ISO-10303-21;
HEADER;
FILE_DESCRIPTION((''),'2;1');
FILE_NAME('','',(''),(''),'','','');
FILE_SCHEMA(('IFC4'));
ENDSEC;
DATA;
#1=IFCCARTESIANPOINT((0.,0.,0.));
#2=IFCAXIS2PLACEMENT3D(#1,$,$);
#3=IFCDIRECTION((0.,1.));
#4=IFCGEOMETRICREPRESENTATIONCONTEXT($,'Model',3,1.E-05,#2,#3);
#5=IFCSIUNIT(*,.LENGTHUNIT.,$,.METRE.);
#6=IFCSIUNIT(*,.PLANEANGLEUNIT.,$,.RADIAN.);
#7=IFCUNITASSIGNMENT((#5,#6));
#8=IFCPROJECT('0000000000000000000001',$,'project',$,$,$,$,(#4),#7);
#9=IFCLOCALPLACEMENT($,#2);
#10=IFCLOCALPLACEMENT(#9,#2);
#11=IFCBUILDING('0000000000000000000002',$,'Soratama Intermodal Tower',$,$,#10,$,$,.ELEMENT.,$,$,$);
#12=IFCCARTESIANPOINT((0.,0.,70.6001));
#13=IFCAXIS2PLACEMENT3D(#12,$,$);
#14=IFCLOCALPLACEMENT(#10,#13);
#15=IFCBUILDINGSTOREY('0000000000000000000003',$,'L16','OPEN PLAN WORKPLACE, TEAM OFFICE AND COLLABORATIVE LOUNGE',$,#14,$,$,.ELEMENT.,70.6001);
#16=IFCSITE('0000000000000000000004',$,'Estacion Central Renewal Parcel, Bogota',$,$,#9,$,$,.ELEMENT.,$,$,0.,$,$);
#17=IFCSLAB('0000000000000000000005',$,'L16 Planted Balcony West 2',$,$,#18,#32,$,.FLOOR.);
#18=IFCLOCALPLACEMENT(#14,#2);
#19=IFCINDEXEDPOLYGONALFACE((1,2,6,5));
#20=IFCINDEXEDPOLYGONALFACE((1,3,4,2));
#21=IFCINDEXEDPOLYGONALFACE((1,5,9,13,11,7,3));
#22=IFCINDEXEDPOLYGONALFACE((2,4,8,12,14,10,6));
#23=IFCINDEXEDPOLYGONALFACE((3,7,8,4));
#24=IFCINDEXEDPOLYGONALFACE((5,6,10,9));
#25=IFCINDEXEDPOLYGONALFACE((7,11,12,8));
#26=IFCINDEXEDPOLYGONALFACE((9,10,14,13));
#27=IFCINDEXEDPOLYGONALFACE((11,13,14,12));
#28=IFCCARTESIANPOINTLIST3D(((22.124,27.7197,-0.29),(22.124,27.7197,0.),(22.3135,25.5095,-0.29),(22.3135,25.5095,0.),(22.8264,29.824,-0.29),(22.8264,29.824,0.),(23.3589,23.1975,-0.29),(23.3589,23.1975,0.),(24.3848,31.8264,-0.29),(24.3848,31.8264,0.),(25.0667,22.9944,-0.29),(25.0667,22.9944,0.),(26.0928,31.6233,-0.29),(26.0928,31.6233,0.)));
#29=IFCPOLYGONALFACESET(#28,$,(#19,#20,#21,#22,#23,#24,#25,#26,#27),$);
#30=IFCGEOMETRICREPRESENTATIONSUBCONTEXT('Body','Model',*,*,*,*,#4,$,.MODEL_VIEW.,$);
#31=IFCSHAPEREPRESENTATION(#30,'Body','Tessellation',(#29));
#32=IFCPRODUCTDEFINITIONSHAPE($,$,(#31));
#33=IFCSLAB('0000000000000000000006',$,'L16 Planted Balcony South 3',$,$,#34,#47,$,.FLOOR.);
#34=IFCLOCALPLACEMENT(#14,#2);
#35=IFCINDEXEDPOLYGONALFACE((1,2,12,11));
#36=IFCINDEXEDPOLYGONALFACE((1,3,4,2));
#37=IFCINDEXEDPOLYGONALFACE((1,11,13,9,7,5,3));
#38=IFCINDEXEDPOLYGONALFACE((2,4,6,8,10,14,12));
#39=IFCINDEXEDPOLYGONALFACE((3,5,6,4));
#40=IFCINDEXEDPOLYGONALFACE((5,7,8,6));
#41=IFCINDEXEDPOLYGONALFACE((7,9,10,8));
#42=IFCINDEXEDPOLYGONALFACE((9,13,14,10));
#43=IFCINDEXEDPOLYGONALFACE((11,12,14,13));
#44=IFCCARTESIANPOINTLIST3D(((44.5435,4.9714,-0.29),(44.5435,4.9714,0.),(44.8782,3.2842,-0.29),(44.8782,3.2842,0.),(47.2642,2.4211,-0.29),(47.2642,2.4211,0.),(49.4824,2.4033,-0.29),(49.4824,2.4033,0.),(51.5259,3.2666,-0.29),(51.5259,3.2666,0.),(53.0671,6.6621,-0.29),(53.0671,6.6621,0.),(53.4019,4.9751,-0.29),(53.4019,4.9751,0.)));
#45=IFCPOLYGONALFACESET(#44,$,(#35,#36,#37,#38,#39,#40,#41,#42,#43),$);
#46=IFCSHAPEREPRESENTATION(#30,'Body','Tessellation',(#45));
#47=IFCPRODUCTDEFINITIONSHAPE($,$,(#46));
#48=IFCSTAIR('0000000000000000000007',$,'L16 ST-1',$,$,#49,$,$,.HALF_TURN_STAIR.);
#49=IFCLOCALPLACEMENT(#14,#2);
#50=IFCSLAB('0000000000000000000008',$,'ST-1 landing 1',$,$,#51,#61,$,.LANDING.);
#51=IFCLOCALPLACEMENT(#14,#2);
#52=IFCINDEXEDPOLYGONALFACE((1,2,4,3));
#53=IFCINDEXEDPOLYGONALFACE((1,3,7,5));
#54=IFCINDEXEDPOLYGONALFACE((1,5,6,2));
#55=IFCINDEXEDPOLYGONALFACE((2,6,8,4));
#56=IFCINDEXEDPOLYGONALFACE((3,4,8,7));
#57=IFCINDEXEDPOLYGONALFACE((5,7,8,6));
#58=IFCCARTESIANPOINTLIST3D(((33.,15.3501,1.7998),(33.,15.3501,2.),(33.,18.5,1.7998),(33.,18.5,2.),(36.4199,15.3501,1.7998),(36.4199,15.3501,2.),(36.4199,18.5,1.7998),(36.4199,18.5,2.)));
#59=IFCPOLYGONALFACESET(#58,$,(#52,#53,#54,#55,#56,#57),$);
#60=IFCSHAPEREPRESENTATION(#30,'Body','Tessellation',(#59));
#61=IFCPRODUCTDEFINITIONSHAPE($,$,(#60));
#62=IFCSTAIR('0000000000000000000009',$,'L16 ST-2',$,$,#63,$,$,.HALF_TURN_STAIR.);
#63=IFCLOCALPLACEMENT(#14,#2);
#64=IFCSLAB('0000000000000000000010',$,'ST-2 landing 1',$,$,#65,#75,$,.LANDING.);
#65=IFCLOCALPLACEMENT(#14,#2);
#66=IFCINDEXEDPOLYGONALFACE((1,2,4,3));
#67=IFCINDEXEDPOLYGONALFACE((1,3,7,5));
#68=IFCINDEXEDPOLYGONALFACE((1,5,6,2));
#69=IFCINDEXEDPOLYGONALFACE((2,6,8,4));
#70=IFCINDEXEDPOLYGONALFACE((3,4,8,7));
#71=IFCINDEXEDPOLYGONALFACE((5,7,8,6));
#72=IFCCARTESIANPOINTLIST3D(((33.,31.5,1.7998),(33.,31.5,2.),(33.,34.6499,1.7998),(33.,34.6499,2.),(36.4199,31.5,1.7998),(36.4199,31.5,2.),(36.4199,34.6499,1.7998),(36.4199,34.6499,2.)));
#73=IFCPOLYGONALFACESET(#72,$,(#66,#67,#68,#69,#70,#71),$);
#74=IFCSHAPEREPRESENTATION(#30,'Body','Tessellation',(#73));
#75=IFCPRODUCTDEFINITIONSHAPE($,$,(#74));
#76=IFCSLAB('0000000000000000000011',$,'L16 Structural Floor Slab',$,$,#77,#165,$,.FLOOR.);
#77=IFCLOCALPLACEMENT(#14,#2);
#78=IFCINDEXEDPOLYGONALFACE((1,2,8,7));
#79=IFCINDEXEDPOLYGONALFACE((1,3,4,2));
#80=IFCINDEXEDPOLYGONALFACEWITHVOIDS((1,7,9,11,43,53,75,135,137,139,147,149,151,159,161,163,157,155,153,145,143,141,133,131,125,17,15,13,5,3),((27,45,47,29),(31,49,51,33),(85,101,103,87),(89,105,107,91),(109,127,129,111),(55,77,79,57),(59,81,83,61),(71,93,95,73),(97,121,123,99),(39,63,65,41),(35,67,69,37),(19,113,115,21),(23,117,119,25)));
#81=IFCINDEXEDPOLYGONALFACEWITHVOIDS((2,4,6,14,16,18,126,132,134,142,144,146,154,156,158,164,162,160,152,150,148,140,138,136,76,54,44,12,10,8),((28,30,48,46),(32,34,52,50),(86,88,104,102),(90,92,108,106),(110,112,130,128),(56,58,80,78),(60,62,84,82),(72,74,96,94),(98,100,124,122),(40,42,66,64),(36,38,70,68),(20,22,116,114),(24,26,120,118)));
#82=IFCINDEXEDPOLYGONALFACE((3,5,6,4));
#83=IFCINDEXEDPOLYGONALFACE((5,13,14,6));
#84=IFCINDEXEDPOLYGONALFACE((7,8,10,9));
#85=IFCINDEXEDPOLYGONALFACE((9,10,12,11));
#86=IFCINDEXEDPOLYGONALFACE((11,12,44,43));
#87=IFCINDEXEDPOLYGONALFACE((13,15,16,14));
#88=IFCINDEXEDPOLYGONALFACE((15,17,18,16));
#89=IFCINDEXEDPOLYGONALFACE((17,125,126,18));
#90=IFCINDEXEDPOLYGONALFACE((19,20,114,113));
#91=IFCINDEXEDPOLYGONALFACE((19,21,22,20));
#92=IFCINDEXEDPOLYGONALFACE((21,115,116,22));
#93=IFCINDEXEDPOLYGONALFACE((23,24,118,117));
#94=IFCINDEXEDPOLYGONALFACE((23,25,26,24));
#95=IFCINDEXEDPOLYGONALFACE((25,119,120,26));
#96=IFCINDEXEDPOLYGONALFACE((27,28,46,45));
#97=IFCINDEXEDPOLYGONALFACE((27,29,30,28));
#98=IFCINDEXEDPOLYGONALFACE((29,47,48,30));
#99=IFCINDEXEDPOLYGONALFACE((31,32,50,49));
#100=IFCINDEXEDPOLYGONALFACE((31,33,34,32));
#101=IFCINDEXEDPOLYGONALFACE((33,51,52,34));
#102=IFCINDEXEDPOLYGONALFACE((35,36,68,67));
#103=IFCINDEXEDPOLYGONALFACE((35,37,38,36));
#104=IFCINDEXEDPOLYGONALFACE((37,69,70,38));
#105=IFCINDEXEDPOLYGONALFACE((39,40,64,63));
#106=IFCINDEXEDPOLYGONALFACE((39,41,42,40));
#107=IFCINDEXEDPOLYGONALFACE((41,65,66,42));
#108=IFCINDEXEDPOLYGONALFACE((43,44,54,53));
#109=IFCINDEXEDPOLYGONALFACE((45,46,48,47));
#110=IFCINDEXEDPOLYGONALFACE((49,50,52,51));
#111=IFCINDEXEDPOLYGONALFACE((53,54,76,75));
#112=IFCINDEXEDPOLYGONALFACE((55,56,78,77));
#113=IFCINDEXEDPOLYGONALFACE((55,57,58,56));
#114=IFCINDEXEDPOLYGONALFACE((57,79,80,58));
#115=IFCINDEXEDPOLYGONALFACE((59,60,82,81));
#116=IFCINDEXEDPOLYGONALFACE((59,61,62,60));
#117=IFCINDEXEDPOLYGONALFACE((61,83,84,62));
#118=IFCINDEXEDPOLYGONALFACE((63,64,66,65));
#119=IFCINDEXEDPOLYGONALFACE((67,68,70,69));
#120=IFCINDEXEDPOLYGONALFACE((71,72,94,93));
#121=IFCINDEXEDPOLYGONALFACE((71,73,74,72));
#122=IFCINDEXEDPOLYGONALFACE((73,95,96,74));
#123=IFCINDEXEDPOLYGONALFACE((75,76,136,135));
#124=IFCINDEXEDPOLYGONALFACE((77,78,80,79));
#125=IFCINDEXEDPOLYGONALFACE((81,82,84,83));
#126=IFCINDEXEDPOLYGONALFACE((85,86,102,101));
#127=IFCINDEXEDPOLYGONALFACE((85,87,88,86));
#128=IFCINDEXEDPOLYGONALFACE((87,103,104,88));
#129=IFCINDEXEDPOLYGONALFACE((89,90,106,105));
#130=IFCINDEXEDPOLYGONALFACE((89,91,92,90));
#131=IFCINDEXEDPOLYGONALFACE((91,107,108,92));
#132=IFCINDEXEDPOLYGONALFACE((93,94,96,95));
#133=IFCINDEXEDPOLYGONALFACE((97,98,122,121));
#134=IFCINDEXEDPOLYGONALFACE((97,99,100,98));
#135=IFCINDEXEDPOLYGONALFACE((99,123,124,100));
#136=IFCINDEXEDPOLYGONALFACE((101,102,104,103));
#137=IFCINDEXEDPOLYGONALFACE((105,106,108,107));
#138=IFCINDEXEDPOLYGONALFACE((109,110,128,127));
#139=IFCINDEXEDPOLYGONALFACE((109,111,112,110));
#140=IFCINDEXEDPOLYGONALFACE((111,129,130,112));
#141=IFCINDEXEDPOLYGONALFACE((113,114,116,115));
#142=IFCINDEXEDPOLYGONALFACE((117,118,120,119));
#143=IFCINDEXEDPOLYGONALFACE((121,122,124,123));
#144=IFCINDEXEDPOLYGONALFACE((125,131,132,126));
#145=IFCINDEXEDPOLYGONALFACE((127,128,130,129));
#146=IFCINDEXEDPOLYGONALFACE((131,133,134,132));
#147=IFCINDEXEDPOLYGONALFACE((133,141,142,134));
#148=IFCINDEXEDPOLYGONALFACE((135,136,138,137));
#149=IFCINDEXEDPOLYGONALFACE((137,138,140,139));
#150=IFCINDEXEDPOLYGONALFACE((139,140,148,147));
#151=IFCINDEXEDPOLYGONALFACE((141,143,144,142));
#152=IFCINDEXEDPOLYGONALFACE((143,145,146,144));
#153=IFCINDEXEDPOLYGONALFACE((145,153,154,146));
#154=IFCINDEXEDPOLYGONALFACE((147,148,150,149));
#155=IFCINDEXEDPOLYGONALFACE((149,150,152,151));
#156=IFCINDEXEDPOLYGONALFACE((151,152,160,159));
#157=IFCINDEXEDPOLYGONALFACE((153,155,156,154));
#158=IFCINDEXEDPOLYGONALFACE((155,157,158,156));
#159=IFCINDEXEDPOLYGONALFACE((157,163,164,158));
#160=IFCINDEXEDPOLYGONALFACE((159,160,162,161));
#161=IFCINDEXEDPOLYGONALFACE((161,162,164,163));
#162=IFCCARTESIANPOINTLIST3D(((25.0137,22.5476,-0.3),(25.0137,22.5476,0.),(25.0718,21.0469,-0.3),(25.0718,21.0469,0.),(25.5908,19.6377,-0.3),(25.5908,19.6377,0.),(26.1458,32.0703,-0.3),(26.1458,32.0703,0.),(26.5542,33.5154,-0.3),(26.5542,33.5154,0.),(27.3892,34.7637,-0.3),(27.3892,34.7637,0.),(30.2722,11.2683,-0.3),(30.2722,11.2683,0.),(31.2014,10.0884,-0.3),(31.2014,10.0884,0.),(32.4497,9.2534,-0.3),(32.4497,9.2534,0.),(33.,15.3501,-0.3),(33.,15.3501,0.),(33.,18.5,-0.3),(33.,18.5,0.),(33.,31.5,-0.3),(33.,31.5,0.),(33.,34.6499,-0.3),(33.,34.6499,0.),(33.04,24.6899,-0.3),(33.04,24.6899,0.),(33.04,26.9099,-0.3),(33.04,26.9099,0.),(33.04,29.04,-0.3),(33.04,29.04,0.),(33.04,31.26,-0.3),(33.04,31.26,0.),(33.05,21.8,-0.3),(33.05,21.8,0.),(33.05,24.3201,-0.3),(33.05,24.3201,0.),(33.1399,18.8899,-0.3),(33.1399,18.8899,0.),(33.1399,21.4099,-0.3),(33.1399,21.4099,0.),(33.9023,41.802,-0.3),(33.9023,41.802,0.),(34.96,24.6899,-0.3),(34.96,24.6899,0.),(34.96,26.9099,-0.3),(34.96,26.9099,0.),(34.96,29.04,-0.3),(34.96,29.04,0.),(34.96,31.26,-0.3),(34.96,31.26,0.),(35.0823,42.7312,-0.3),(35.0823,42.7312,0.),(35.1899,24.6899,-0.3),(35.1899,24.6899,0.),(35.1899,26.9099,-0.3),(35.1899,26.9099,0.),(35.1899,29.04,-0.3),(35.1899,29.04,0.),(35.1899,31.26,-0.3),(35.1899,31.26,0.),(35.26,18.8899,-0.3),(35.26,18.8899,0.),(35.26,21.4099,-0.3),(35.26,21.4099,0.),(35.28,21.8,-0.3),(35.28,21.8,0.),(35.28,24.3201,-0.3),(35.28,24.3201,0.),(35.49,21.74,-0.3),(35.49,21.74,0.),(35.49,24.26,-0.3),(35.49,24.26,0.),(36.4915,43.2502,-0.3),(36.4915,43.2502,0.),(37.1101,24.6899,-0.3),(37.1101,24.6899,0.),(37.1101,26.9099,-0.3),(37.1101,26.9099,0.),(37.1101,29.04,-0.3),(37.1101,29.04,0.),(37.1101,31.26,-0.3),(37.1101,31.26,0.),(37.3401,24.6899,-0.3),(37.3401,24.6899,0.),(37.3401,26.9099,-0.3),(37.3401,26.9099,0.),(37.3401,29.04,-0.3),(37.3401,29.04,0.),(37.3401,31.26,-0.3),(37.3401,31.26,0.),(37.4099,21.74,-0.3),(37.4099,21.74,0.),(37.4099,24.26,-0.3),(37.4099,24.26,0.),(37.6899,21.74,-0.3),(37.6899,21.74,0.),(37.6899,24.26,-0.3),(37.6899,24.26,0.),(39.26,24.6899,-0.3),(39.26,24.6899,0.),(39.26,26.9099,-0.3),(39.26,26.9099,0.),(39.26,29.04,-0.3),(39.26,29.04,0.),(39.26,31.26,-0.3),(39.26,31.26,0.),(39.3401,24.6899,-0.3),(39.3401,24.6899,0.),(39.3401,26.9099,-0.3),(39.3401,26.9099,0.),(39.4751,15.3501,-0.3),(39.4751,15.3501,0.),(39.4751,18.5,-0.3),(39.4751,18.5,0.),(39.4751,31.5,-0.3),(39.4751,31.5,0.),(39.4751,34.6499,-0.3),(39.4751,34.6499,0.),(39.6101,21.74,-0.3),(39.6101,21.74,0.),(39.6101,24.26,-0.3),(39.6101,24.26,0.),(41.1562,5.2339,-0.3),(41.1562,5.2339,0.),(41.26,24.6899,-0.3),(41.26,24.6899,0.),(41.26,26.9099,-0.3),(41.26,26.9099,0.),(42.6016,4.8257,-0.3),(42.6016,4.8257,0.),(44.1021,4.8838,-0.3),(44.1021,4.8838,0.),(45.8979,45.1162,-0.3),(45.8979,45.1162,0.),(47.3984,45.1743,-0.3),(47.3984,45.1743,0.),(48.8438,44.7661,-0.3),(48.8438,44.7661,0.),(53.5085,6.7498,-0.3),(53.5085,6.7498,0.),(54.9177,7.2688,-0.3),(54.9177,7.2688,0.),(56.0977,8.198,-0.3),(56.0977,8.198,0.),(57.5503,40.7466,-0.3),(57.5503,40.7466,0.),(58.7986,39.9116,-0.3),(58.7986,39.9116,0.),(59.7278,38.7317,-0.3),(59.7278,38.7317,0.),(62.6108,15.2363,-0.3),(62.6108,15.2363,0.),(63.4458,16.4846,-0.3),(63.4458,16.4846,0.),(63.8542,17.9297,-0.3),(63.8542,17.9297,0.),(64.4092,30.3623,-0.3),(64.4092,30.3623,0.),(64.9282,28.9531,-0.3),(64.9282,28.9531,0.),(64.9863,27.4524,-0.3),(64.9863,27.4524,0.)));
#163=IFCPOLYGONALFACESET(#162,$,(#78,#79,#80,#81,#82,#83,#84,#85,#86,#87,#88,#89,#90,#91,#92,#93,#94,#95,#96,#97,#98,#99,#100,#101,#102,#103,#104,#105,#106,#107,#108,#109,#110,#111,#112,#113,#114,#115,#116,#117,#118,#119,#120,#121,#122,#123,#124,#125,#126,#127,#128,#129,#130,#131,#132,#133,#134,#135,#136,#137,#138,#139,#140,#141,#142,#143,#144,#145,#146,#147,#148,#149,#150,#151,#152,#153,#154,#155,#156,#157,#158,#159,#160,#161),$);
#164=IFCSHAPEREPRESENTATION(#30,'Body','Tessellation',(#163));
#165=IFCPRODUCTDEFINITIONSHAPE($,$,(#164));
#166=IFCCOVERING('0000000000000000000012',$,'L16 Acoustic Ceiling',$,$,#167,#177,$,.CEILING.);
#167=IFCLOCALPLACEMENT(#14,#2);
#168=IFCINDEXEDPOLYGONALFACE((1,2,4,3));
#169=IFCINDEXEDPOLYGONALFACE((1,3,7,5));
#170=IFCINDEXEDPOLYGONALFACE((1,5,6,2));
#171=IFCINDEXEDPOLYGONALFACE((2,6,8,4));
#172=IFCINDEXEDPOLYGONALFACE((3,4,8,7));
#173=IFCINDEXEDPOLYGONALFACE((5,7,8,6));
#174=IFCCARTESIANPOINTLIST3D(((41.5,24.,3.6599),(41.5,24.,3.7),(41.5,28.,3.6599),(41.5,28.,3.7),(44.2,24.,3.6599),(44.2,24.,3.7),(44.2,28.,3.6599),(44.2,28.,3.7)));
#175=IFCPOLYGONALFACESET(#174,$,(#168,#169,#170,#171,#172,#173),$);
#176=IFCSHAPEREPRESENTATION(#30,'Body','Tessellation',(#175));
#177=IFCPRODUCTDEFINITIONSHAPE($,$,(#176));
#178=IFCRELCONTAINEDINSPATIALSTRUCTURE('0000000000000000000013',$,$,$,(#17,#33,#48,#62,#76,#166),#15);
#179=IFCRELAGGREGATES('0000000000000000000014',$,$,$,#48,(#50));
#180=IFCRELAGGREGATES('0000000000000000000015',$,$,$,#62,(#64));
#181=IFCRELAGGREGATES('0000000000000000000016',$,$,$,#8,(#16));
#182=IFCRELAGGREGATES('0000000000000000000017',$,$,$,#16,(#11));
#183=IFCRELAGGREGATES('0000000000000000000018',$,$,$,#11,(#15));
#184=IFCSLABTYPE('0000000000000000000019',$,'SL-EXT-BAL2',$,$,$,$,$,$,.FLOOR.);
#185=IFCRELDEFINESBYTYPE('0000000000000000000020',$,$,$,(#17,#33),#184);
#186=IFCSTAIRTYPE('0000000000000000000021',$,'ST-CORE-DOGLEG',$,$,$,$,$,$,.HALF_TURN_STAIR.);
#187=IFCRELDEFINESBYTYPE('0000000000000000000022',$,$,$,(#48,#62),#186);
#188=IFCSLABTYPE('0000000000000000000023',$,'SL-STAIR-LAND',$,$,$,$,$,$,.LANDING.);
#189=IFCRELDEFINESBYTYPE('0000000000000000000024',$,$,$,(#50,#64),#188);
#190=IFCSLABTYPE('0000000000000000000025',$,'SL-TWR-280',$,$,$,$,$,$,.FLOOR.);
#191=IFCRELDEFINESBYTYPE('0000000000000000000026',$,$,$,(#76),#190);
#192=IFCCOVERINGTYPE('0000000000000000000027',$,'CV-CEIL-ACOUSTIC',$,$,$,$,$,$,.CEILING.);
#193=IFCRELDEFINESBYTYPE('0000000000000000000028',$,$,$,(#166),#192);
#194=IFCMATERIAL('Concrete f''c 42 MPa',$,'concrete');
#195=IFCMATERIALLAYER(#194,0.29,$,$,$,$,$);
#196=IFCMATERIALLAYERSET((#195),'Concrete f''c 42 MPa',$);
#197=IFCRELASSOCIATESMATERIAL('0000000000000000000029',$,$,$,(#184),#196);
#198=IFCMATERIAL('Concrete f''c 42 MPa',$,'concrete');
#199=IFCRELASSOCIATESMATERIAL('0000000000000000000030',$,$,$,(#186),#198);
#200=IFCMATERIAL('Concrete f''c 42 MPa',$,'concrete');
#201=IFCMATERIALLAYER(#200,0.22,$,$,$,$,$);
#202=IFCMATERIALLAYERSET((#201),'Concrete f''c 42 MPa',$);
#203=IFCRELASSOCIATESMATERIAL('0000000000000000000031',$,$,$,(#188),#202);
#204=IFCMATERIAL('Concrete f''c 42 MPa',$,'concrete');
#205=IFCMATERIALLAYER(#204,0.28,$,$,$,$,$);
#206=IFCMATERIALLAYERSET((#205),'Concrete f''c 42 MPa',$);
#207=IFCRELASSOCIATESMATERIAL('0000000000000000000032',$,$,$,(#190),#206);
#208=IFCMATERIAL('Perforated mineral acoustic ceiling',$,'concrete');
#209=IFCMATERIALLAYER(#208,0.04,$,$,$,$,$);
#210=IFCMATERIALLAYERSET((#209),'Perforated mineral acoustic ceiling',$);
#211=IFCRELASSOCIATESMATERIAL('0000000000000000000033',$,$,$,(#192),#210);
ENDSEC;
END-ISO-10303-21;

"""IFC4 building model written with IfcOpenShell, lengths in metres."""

from ifc_helpers import new_model, si_unit, direction, frame, origin, place, context, subcontext, project, spatial, polyline, outline, extrude, material, layer, layer_set, type_object, element, aggregate, save


model = new_model("IFC4")

# Units and contexts
model_context = context("Model", 3, precision=1e-05, world=origin(), true_north=direction((0.0, 1.0)))
body_context = subcontext(model_context, "Body", "Model", "MODEL_VIEW")
ifc_project = project(units=[si_unit("LENGTHUNIT", "METRE"), si_unit("PLANEANGLEUNIT", "RADIAN")], contexts=[model_context])

# Site, building, storey
site_placement = place(None, origin())
site = spatial("IfcSite", under=ifc_project, at=site_placement, Name="Estacion Central Renewal Parcel, Bogota", CompositionType="ELEMENT", RefElevation=0.0)
building_placement = place(site_placement, origin())
building = spatial("IfcBuilding", under=site, at=building_placement, Name="Soratama Intermodal Tower", CompositionType="ELEMENT")
storey_placement = place(building_placement, frame((0.0, 0.0, 70.6001)))
storey = spatial("IfcBuildingStorey", under=building, at=storey_placement, Name="L16", Description="OPEN PLAN WORKPLACE, TEAM OFFICE AND COLLABORATIVE LOUNGE", CompositionType="ELEMENT", Elevation=70.6001)

# Slabs
ifc_material_1 = material(Name="Concrete f'c 42 MPa", Category="concrete")
ifc_layer_1 = layer(ifc_material_1, 0.29)
ifc_layer_set_1 = layer_set([ifc_layer_1], Name="Concrete f'c 42 MPa")
slab_type_1 = type_object("IfcSlabType", Name="SL-EXT-BAL2", PredefinedType="FLOOR", material=ifc_layer_set_1)
slab_1_placement = place(storey_placement, frame((0.0, 0.0, -0.29)))
element("IfcSlab", 1, at=slab_1_placement, inside=storey, type_object=slab_type_1, Name="L16 Planted Balcony West 2", PredefinedType="FLOOR", context=body_context, shape_type="SweptSolid", body=[
    extrude(outline(polyline([(26.0928, 31.6233), (25.0667, 22.9944), (23.3589, 23.1975), (22.3135, 25.5095), (22.124, 27.7197), (22.8264, 29.824), (24.3848, 31.8264), (26.0928, 31.6233)])), origin(), (0.0, 0.0, 1.0), 0.29),
])
slab_2_placement = place(storey_placement, frame((0.0, 0.0, -0.29)))
element("IfcSlab", 2, at=slab_2_placement, inside=storey, type_object=slab_type_1, Name="L16 Planted Balcony South 3", PredefinedType="FLOOR", context=body_context, shape_type="SweptSolid", body=[
    extrude(outline(polyline([(44.5435, 4.9714), (53.0671, 6.6621), (53.4019, 4.9751), (51.5259, 3.2666), (49.4824, 2.4033), (47.2642, 2.4211), (44.8782, 3.2842), (44.5435, 4.9714)])), origin(), (0.0, 0.0, 1.0), 0.29),
])

# Stairs, slabs
ifc_material_2 = material(Name="Concrete f'c 42 MPa", Category="concrete")
stair_type = type_object("IfcStairType", Name="ST-CORE-DOGLEG", PredefinedType="HALF_TURN_STAIR", material=ifc_material_2)
stair_1_placement = place(storey_placement, origin())
stair_1 = element("IfcStair", 3, at=stair_1_placement, inside=storey, type_object=stair_type, Name="L16 ST-1", PredefinedType="HALF_TURN_STAIR")
ifc_material_3 = material(Name="Concrete f'c 42 MPa", Category="concrete")
ifc_layer_2 = layer(ifc_material_3, 0.22)
ifc_layer_set_2 = layer_set([ifc_layer_2], Name="Concrete f'c 42 MPa")
slab_type_2 = type_object("IfcSlabType", Name="SL-STAIR-LAND", PredefinedType="LANDING", material=ifc_layer_set_2)
slab_3_placement = place(storey_placement, frame((0.0, 0.0, 1.7998)))
slab_3 = element("IfcSlab", 4, at=slab_3_placement, type_object=slab_type_2, Name="ST-1 landing 1", PredefinedType="LANDING", context=body_context, shape_type="SweptSolid", body=[
    extrude(outline(polyline([(36.4199, 18.5), (33.0, 18.5), (33.0, 15.3501), (36.4199, 15.3501), (36.4199, 18.5)])), origin(), (0.0, 0.0, 1.0), 0.2002),
])
aggregate(stair_1, [slab_3])
stair_2_placement = place(storey_placement, origin())
stair_2 = element("IfcStair", 5, at=stair_2_placement, inside=storey, type_object=stair_type, Name="L16 ST-2", PredefinedType="HALF_TURN_STAIR")
slab_4_placement = place(storey_placement, frame((0.0, 0.0, 1.7998)))
slab_4 = element("IfcSlab", 6, at=slab_4_placement, type_object=slab_type_2, Name="ST-2 landing 1", PredefinedType="LANDING", context=body_context, shape_type="SweptSolid", body=[
    extrude(outline(polyline([(36.4199, 34.6499), (33.0, 34.6499), (33.0, 31.5), (36.4199, 31.5), (36.4199, 34.6499)])), origin(), (0.0, 0.0, 1.0), 0.2002),
])
aggregate(stair_2, [slab_4])

# Slab
ifc_material_4 = material(Name="Concrete f'c 42 MPa", Category="concrete")
ifc_layer_3 = layer(ifc_material_4, 0.28)
ifc_layer_set_3 = layer_set([ifc_layer_3], Name="Concrete f'c 42 MPa")
slab_type_3 = type_object("IfcSlabType", Name="SL-TWR-280", PredefinedType="FLOOR", material=ifc_layer_set_3)
slab_5_placement = place(storey_placement, frame((0.0, 0.0, -0.3)))
element("IfcSlab", 7, at=slab_5_placement, inside=storey, type_object=slab_type_3, Name="L16 Structural Floor Slab", PredefinedType="FLOOR", context=body_context, shape_type="SweptSolid", body=[
    extrude(outline(polyline([(64.9863, 27.4524), (64.9282, 28.9531), (64.4092, 30.3623), (59.7278, 38.7317), (58.7986, 39.9116), (57.5503, 40.7466), (48.8438, 44.7661), (47.3984, 45.1743), (45.8979, 45.1162), (36.4915, 43.2502), (35.0823, 42.7312), (33.9023, 41.802), (27.3892, 34.7637), (26.5542, 33.5154), (26.1458, 32.0703), (25.0137, 22.5476), (25.0718, 21.0469), (25.5908, 19.6377), (30.2722, 11.2683), (31.2014, 10.0884), (32.4497, 9.2534), (41.1562, 5.2339), (42.6016, 4.8257), (44.1021, 4.8838), (53.5085, 6.7498), (54.9177, 7.2688), (56.0977, 8.198), (62.6108, 15.2363), (63.4458, 16.4846), (63.8542, 17.9297), (64.9863, 27.4524)]), holes=[polyline([(33.0, 18.5), (33.0, 15.3501), (39.4751, 15.3501), (39.4751, 18.5), (33.0, 18.5)]), polyline([(35.26, 18.8899), (35.26, 21.4099), (33.1399, 21.4099), (33.1399, 18.8899), (35.26, 18.8899)]), polyline([(33.05, 21.8), (35.28, 21.8), (35.28, 24.3201), (33.05, 24.3201), (33.05, 21.8)]), polyline([(34.96, 26.9099), (33.04, 26.9099), (33.04, 24.6899), (34.96, 24.6899), (34.96, 26.9099)]), polyline([(37.1101, 24.6899), (37.1101, 26.9099), (35.1899, 26.9099), (35.1899, 24.6899), (37.1101, 24.6899)]), polyline([(34.96, 29.04), (34.96, 31.26), (33.04, 31.26), (33.04, 29.04), (34.96, 29.04)]), polyline([(37.1101, 31.26), (35.1899, 31.26), (35.1899, 29.04), (37.1101, 29.04), (37.1101, 31.26)]), polyline([(37.4099, 21.74), (37.4099, 24.26), (35.49, 24.26), (35.49, 21.74), (37.4099, 21.74)]), polyline([(39.6101, 21.74), (39.6101, 24.26), (37.6899, 24.26), (37.6899, 21.74), (39.6101, 21.74)]), polyline([(39.26, 24.6899), (39.26, 26.9099), (37.3401, 26.9099), (37.3401, 24.6899), (39.26, 24.6899)]), polyline([(41.26, 24.6899), (41.26, 26.9099), (39.3401, 26.9099), (39.3401, 24.6899), (41.26, 24.6899)]), polyline([(39.26, 29.04), (39.26, 31.26), (37.3401, 31.26), (37.3401, 29.04), (39.26, 29.04)]), polyline([(39.4751, 34.6499), (33.0, 34.6499), (33.0, 31.5), (39.4751, 31.5), (39.4751, 34.6499)])]), origin(), (0.0, 0.0, 1.0), 0.3),
])

# Covering
ifc_material_5 = material(Name="Perforated mineral acoustic ceiling", Category="concrete")
ifc_layer_4 = layer(ifc_material_5, 0.04)
ifc_layer_set_4 = layer_set([ifc_layer_4], Name="Perforated mineral acoustic ceiling")
covering_type_1 = type_object("IfcCoveringType", Name="CV-CEIL-ACOUSTIC", PredefinedType="CEILING", material=ifc_layer_set_4)
covering_1_placement = place(storey_placement, frame((0.0, 0.0, 3.6599)))
element("IfcCovering", 8, at=covering_1_placement, inside=storey, type_object=covering_type_1, Name="L16 Acoustic Ceiling", PredefinedType="CEILING", context=body_context, shape_type="SweptSolid", body=[
    extrude(outline(polyline([(41.5, 24.0), (44.2, 24.0), (44.2, 28.0), (41.5, 28.0), (41.5, 24.0)])), origin(), (0.0, 0.0, 1.0), 0.04),
])

save(model, "model.ifc")
